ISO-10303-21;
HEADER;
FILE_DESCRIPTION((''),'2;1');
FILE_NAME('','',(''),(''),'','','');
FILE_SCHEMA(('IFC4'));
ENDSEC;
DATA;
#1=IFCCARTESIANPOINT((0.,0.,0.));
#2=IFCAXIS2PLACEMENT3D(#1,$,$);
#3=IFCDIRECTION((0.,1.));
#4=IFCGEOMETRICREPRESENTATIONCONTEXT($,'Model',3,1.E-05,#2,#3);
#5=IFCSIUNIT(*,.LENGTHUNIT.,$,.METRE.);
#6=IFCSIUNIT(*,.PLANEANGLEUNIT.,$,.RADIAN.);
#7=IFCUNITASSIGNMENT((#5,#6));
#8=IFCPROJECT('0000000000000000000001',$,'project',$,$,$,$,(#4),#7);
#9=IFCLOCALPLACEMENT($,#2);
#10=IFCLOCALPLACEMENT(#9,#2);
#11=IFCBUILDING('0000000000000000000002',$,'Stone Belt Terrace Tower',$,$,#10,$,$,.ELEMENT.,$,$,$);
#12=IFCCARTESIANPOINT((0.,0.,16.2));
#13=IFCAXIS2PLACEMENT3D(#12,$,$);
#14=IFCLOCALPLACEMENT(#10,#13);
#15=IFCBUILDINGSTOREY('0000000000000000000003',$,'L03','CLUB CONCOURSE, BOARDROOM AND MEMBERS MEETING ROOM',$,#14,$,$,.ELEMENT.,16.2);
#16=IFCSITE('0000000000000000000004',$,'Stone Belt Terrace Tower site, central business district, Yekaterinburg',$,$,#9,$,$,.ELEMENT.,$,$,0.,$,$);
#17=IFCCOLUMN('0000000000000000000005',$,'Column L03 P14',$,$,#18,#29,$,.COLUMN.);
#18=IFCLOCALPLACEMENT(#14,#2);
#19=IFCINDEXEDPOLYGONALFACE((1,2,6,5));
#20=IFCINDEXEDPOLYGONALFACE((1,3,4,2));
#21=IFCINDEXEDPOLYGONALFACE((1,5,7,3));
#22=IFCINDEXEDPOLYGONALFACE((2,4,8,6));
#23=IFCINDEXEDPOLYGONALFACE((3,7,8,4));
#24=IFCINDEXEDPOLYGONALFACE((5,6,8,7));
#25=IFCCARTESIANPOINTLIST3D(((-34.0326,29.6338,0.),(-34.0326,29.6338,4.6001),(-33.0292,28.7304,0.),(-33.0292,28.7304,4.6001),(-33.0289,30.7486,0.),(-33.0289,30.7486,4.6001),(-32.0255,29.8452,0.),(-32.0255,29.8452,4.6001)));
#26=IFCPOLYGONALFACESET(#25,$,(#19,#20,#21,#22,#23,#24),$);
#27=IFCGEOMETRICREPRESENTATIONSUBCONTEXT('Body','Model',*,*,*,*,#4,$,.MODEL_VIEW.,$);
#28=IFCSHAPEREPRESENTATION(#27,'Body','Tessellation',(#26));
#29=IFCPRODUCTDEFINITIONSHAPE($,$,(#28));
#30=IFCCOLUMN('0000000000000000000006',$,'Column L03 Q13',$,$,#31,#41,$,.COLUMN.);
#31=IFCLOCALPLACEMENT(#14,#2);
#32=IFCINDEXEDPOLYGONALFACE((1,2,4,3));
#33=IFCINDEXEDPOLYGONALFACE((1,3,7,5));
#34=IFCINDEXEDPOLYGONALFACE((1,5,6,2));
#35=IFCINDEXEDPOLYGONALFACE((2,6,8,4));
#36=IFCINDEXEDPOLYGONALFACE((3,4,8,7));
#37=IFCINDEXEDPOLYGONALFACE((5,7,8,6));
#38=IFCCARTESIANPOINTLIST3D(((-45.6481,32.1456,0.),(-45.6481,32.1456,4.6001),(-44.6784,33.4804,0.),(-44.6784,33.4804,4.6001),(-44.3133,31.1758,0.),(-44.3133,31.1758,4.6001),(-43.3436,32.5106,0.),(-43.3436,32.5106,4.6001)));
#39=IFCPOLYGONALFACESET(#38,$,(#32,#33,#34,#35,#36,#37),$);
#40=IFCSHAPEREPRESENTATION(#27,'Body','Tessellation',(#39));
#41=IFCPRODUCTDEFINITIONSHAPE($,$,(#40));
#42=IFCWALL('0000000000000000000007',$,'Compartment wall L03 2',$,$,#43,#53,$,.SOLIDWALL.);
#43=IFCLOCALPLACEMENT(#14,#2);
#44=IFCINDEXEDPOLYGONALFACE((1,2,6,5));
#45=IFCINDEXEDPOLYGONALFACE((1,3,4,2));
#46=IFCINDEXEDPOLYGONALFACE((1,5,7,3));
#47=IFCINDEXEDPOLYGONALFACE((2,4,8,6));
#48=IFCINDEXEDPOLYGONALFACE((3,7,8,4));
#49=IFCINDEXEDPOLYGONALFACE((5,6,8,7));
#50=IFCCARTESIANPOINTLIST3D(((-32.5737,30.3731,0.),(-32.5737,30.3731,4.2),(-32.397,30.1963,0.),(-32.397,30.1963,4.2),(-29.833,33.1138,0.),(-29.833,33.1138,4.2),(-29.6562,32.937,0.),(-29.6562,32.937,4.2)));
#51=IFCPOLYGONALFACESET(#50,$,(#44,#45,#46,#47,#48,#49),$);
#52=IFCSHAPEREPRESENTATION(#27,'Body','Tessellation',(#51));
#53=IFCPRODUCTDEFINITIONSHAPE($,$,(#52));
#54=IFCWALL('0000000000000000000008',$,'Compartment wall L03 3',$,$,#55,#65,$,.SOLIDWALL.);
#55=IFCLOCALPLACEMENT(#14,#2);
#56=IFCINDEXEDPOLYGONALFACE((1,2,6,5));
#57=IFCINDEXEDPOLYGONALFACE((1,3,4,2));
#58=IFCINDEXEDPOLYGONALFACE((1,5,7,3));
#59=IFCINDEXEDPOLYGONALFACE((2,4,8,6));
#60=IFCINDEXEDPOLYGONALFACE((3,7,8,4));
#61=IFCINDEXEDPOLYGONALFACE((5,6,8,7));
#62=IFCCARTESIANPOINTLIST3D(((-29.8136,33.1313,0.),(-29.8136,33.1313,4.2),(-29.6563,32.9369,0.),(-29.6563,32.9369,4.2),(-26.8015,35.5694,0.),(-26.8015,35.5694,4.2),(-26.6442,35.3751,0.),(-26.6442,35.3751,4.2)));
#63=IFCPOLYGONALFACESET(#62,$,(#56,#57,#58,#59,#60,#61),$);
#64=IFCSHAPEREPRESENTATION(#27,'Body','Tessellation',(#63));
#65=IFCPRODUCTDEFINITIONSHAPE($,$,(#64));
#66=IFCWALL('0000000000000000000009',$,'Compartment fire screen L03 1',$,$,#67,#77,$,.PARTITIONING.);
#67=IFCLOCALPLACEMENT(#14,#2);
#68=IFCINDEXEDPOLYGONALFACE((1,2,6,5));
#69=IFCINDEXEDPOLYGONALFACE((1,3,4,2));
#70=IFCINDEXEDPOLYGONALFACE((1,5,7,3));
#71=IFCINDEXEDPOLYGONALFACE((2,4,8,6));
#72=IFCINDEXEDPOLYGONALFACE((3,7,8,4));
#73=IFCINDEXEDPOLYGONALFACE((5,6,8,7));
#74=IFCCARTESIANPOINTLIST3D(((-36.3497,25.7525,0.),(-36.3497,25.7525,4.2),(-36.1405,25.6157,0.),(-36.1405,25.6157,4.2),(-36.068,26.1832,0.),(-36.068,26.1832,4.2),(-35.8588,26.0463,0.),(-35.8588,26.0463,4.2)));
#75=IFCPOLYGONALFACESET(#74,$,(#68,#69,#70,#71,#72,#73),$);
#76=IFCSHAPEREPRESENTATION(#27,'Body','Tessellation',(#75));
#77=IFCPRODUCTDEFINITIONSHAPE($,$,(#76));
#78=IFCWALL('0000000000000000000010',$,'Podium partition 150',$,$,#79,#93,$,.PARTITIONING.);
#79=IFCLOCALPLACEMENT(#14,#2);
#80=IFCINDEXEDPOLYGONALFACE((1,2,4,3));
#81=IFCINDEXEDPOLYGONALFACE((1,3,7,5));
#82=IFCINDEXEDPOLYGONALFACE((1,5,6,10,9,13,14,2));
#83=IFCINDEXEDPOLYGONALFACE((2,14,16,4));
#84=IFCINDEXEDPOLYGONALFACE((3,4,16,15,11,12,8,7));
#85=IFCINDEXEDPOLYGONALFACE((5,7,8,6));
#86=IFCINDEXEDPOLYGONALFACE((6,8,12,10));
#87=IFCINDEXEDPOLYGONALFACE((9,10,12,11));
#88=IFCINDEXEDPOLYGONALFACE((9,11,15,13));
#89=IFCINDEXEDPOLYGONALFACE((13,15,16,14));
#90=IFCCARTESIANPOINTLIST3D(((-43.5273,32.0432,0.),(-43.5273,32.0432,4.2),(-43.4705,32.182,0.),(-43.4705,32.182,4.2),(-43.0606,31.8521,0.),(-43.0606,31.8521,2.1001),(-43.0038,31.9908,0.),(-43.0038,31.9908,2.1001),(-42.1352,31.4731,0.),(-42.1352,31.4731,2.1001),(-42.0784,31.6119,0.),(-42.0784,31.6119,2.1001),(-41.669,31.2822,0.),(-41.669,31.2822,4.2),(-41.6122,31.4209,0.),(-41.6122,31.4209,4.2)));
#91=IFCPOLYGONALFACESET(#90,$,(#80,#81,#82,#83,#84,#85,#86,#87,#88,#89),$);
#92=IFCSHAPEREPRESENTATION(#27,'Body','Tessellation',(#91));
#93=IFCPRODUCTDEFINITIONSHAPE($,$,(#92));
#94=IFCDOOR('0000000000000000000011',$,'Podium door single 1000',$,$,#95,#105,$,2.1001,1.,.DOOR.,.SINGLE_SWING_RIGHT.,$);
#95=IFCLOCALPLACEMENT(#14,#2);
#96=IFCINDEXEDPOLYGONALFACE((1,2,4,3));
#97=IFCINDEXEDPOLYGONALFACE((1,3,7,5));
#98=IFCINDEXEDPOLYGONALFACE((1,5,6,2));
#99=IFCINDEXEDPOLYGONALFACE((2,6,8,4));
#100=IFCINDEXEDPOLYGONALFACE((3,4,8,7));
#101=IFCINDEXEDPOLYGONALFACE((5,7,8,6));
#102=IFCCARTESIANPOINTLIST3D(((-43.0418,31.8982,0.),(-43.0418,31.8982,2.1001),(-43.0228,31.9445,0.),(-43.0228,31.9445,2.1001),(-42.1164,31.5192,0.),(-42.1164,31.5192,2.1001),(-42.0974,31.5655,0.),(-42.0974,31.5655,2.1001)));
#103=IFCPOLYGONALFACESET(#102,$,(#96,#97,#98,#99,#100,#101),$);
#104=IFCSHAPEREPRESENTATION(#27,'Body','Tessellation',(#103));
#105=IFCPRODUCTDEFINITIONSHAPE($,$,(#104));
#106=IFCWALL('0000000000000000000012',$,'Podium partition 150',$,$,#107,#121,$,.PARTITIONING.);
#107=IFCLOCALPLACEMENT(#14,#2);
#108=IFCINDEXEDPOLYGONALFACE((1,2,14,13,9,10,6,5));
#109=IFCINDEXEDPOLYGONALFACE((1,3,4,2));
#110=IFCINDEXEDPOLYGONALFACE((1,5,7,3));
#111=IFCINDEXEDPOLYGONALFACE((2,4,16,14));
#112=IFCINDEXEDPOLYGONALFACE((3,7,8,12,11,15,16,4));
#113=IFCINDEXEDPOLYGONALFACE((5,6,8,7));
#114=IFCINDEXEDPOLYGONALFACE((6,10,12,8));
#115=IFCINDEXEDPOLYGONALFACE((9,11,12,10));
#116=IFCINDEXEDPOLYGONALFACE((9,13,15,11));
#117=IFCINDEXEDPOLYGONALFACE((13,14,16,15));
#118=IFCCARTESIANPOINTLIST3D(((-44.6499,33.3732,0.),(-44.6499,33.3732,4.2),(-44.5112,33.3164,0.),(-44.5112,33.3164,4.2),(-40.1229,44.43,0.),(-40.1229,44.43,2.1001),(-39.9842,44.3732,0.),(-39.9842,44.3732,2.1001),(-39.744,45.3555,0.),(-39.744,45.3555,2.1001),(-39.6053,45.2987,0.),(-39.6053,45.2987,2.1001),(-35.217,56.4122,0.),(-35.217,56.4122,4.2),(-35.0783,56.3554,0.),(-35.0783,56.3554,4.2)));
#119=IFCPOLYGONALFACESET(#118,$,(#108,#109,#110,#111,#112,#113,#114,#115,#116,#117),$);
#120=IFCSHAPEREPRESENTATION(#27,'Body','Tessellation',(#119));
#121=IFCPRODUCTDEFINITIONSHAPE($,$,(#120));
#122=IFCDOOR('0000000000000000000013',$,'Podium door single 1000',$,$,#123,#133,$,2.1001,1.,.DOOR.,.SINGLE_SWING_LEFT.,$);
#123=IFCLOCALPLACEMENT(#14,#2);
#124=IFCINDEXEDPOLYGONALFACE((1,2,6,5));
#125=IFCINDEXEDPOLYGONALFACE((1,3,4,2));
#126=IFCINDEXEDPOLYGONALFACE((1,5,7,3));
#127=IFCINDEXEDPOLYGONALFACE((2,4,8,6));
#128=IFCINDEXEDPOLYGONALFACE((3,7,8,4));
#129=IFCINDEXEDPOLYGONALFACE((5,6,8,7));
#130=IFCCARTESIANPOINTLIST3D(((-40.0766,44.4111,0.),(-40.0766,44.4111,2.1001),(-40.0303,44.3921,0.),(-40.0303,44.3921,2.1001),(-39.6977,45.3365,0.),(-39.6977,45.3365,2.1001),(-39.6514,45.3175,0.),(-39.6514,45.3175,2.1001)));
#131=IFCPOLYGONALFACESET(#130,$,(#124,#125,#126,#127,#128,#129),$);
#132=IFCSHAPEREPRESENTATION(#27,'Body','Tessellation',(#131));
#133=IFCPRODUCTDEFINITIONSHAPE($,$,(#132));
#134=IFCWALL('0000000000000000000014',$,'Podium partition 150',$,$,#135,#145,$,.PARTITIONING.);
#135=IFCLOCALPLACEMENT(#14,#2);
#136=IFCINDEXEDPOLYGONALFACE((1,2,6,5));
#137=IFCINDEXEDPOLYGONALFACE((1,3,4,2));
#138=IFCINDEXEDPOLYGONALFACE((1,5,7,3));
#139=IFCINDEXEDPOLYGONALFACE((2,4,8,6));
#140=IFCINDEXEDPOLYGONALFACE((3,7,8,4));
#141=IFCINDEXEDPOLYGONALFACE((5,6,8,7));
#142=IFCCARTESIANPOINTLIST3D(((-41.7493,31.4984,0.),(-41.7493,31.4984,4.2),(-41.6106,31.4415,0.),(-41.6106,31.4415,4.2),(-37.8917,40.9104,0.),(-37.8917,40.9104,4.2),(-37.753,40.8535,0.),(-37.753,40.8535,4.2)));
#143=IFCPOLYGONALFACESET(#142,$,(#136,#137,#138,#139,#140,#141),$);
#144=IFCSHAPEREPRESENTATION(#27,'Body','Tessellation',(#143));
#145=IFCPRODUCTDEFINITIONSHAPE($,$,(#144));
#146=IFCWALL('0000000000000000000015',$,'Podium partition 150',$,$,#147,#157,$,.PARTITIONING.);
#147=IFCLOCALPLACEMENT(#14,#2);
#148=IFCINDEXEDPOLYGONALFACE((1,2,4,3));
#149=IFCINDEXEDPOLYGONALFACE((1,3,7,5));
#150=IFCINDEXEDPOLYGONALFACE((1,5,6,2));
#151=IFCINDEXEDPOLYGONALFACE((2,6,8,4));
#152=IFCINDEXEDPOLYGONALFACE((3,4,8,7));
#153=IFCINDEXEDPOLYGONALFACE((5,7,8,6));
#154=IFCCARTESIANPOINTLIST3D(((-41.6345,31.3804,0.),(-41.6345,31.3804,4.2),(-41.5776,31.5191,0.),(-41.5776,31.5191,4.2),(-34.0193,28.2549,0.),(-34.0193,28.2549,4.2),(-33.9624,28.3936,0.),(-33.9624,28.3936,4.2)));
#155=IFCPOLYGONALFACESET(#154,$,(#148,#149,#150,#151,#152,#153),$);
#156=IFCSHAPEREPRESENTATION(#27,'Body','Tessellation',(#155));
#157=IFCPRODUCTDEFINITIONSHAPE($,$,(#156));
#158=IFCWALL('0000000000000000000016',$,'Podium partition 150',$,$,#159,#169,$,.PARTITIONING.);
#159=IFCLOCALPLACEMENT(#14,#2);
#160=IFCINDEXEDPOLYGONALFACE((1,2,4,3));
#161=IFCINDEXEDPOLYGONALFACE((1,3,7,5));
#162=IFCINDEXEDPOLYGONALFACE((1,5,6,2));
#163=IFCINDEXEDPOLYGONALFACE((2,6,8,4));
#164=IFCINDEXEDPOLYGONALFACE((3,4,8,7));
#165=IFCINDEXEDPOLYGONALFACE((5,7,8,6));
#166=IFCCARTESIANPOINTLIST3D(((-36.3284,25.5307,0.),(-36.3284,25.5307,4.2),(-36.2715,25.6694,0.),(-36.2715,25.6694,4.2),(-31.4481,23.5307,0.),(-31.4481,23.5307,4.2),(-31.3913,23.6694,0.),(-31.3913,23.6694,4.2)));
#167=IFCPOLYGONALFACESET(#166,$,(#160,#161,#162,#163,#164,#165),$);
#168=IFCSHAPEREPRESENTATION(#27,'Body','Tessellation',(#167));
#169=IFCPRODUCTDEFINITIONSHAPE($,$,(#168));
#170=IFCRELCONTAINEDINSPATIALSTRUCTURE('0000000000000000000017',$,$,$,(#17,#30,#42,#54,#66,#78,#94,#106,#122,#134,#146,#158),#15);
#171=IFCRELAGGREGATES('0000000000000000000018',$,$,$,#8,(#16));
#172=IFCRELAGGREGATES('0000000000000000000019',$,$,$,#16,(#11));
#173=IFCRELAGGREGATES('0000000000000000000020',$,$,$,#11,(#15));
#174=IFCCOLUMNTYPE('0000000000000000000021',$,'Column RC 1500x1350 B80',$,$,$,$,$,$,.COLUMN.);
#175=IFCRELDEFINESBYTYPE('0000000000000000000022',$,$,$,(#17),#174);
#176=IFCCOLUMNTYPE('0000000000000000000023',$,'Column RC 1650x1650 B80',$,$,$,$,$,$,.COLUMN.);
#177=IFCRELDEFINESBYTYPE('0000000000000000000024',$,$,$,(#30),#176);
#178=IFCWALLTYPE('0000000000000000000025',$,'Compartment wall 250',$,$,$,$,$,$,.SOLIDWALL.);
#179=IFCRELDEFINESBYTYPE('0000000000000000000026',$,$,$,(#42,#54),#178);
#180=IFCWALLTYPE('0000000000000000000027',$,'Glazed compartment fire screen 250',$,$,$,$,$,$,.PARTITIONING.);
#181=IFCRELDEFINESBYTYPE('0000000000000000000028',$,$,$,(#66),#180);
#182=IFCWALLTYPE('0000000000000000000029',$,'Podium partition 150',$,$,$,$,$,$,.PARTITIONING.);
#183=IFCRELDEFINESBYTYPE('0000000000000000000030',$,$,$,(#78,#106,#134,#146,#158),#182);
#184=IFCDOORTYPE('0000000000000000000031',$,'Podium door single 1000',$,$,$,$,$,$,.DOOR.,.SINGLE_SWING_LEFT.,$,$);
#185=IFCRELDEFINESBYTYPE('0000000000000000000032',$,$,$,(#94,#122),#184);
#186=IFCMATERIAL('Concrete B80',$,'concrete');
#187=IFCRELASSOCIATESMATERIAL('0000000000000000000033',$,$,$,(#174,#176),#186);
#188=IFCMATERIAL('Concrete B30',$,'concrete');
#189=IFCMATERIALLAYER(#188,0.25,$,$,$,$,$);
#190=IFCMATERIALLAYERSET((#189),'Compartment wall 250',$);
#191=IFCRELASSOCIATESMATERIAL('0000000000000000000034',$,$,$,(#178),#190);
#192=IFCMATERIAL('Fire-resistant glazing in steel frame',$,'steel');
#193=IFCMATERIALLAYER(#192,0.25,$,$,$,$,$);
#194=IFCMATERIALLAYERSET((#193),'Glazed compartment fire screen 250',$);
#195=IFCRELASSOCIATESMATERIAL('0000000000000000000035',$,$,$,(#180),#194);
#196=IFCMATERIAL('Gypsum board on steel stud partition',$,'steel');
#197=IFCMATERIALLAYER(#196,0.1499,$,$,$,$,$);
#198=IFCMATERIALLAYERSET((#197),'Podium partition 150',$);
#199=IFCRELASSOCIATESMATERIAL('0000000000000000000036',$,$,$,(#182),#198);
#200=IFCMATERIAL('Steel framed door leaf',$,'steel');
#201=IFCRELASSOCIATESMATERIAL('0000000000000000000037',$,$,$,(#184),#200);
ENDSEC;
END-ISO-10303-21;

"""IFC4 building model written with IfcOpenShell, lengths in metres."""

from ifc_helpers import new_model, si_unit, direction, frame, frame_2d, origin, origin_2d, place, context, subcontext, project, spatial, rectangle, extrude, material, layer, layer_set, material_profile, profile_set, type_object, element, fill, save


model = new_model("IFC4")

# Units and contexts
model_context = context("Model", 3, precision=1e-05, world=origin(), true_north=direction((0.0, 1.0)))
body_context = subcontext(model_context, "Body", "Model", "MODEL_VIEW")
ifc_project = project(units=[si_unit("LENGTHUNIT", "METRE"), si_unit("PLANEANGLEUNIT", "RADIAN")], contexts=[model_context])

# Site, building, storey
site_placement = place(None, origin())
site = spatial("IfcSite", under=ifc_project, at=site_placement, Name="Stone Belt Terrace Tower site, central business district, Yekaterinburg", CompositionType="ELEMENT", RefElevation=0.0)
building_placement = place(site_placement, origin())
building = spatial("IfcBuilding", under=site, at=building_placement, Name="Stone Belt Terrace Tower", CompositionType="ELEMENT")
storey_placement = place(building_placement, frame((0.0, 0.0, 16.2)))
storey = spatial("IfcBuildingStorey", under=building, at=storey_placement, Name="L03", Description="CLUB CONCOURSE, BOARDROOM AND MEMBERS MEETING ROOM", CompositionType="ELEMENT", Elevation=16.2)

# Columns
ifc_material_1 = material(Name="Concrete B80", Category="concrete")
ifc_material_profile_1 = material_profile(ifc_material_1, rectangle(XDim=1.5, YDim=1.3501, at=origin_2d()), Name="RC 1500x1350")
ifc_profile_set_1 = profile_set([ifc_material_profile_1], Name="Concrete B80")
column_type_1 = type_object("IfcColumnType", Name="Column RC 1500x1350 B80", PredefinedType="COLUMN", material=ifc_profile_set_1)
column_1_placement = place(storey_placement, frame((-33.0291, 29.7395, 0.0), z_axis=(0.0, 0.0, 1.0), x_axis=(0.669131, 0.743145, 0.0)))
element("IfcColumn", 1, at=column_1_placement, inside=storey, type_object=column_type_1, Name="Column L03 P14", PredefinedType="COLUMN", context=body_context, shape_type="SweptSolid", body=[
    extrude(rectangle(XDim=1.5, YDim=1.3501, at=origin_2d()), origin(), (0.0, 0.0, 1.0), 4.6001),
])
ifc_material_profile_2 = material_profile(ifc_material_1, rectangle(XDim=1.6499, YDim=1.6499, at=origin_2d()), Name="RC 1650x1650")
ifc_profile_set_2 = profile_set([ifc_material_profile_2], Name="Concrete B80")
column_type_2 = type_object("IfcColumnType", Name="Column RC 1650x1650 B80", PredefinedType="COLUMN", material=ifc_profile_set_2)
column_2_placement = place(storey_placement, frame((-44.4958, 32.3281, 0.0), z_axis=(0.0, 0.0, 1.0), x_axis=(0.587785, 0.809017, 0.0)))
element("IfcColumn", 2, at=column_2_placement, inside=storey, type_object=column_type_2, Name="Column L03 Q13", PredefinedType="COLUMN", context=body_context, shape_type="SweptSolid", body=[
    extrude(rectangle(XDim=1.6499, YDim=1.6499, at=origin_2d()), origin(), (0.0, 0.0, 1.0), 4.6001),
])

# Walls
ifc_material_2 = material(Name="Concrete B30", Category="concrete")
ifc_layer_1 = layer(ifc_material_2, 0.25)
ifc_layer_set_1 = layer_set([ifc_layer_1], Name="Compartment wall 250")
wall_type_1 = type_object("IfcWallType", Name="Compartment wall 250", PredefinedType="SOLIDWALL", material=ifc_layer_set_1)
wall_1_placement = place(storey_placement, frame((-32.4854, 30.2847, 0.0), z_axis=(0.0, 0.0, 1.0), x_axis=(0.707107, 0.707107, 0.0)))
element("IfcWall", 3, at=wall_1_placement, inside=storey, type_object=wall_type_1, Name="Compartment wall L03 2", PredefinedType="SOLIDWALL", context=body_context, shape_type="SweptSolid", body=[
    extrude(rectangle(XDim=3.876, YDim=0.25, at=frame_2d((1.938, 0.0))), origin(), (0.0, 0.0, 1.0), 4.2),
])
wall_2_placement = place(storey_placement, frame((-29.7349, 33.0342, 0.0), z_axis=(0.0, 0.0, 1.0), x_axis=(0.777273, 0.629164, 0.0)))
element("IfcWall", 4, at=wall_2_placement, inside=storey, type_object=wall_type_1, Name="Compartment wall L03 3", PredefinedType="SOLIDWALL", context=body_context, shape_type="SweptSolid", body=[
    extrude(rectangle(XDim=3.8752, YDim=0.25, at=frame_2d((1.9375, 0.0))), origin(), (0.0, 0.0, 1.0), 4.2),
])
ifc_material_3 = material(Name="Fire-resistant glazing in steel frame", Category="steel")
ifc_layer_2 = layer(ifc_material_3, 0.25)
ifc_layer_set_2 = layer_set([ifc_layer_2], Name="Glazed compartment fire screen 250")
wall_type_2 = type_object("IfcWallType", Name="Glazed compartment fire screen 250", PredefinedType="PARTITIONING", material=ifc_layer_set_2)
wall_3_placement = place(storey_placement, frame((-36.2451, 25.6841, 0.0), z_axis=(0.0, 0.0, 1.0), x_axis=(0.547454, 0.836836, 0.0)))
element("IfcWall", 5, at=wall_3_placement, inside=storey, type_object=wall_type_2, Name="Compartment fire screen L03 1", PredefinedType="PARTITIONING", context=body_context, shape_type="SweptSolid", body=[
    extrude(rectangle(XDim=0.5146, YDim=0.25, at=frame_2d((0.2573, 0.0))), origin(), (0.0, 0.0, 1.0), 4.2),
])

# Walls, openings, doors
ifc_material_4 = material(Name="Gypsum board on steel stud partition", Category="steel")
ifc_layer_3 = layer(ifc_material_4, 0.1499)
ifc_layer_set_3 = layer_set([ifc_layer_3], Name="Podium partition 150")
wall_type_3 = type_object("IfcWallType", Name="Podium partition 150", PredefinedType="PARTITIONING", material=ifc_layer_set_3)
wall_4_placement = place(storey_placement, frame((-43.4988, 32.1125, 0.0), z_axis=(0.0, 0.0, 1.0), x_axis=(0.925402, -0.378988, 0.0)))
wall_4 = element("IfcWall", 6, at=wall_4_placement, inside=storey, type_object=wall_type_3, Name="Podium partition 150", PredefinedType="PARTITIONING", context=body_context, shape_type="SweptSolid", body=[
    extrude(rectangle(XDim=2.0081, YDim=0.1499, at=frame_2d((1.0039, 0.0))), origin(), (0.0, 0.0, 1.0), 4.2),
])
opening_1_placement = place(wall_4_placement, frame((0.5042, 0.0, 0.0)))
opening_1 = element("IfcOpeningElement", 7, at=opening_1_placement, cuts=wall_4, PredefinedType="OPENING", context=body_context, shape_type="SweptSolid", body=[
    extrude(rectangle(XDim=1.0, YDim=2.1001, at=frame_2d((0.5, 1.05))), frame((0.0, 0.085, 0.0), z_axis=(0.0, -1.0, 0.0), x_axis=(1.0, 0.0, 0.0)), (0.0, 0.0, 1.0), 0.1699),
])
ifc_material_5 = material(Name="Steel framed door leaf", Category="steel")
door_type_1 = type_object("IfcDoorType", Name="Podium door single 1000", OperationType="SINGLE_SWING_LEFT", PredefinedType="DOOR", material=ifc_material_5)
door_1_placement = place(opening_1_placement, origin())
door_1 = element("IfcDoor", 8, at=door_1_placement, inside=storey, type_object=door_type_1, Name="Podium door single 1000", OperationType="SINGLE_SWING_RIGHT", OverallHeight=2.1001, OverallWidth=1.0, PredefinedType="DOOR", context=body_context, shape_type="SweptSolid", body=[
    extrude(rectangle(XDim=1.0, YDim=2.1001, at=frame_2d((0.5, 1.05))), frame((0.0, 0.0249, 0.0), z_axis=(0.0, -1.0, 0.0), x_axis=(1.0, 0.0, 0.0)), (0.0, 0.0, 1.0), 0.05),
])
fill(opening_1, door_1)
wall_5_placement = place(storey_placement, frame((-44.5806, 33.3447, 0.0), z_axis=(0.0, 0.0, 1.0), x_axis=(0.378901, 0.925437, 0.0)))
wall_5 = element("IfcWall", 9, at=wall_5_placement, inside=storey, type_object=wall_type_3, Name="Podium partition 150", PredefinedType="PARTITIONING", context=body_context, shape_type="SweptSolid", body=[
    extrude(rectangle(XDim=24.8953, YDim=0.1499, at=frame_2d((12.4478, 0.0))), origin(), (0.0, 0.0, 1.0), 4.2),
])
opening_2_placement = place(wall_5_placement, frame((11.9478, 0.0, 0.0)))
opening_2 = element("IfcOpeningElement", 10, at=opening_2_placement, cuts=wall_5, PredefinedType="OPENING", context=body_context, shape_type="SweptSolid", body=[
    extrude(rectangle(XDim=1.0, YDim=2.1001, at=frame_2d((0.5, 1.05))), frame((0.0, 0.085, 0.0), z_axis=(0.0, -1.0, 0.0), x_axis=(1.0, 0.0, 0.0)), (0.0, 0.0, 1.0), 0.1699),
])
door_2_placement = place(opening_2_placement, origin())
door_2 = element("IfcDoor", 11, at=door_2_placement, inside=storey, type_object=door_type_1, Name="Podium door single 1000", OperationType="SINGLE_SWING_LEFT", OverallHeight=2.1001, OverallWidth=1.0, PredefinedType="DOOR", context=body_context, shape_type="SweptSolid", body=[
    extrude(rectangle(XDim=1.0, YDim=2.1001, at=frame_2d((0.5, 1.05))), frame((0.0, 0.0249, 0.0), z_axis=(0.0, -1.0, 0.0), x_axis=(1.0, 0.0, 0.0)), (0.0, 0.0, 1.0), 0.05),
])
fill(opening_2, door_2)

# Walls
wall_6_placement = place(storey_placement, frame((-41.6799, 31.47, 0.0), z_axis=(0.0, 0.0, 1.0), x_axis=(0.379244, 0.925297, 0.0)))
element("IfcWall", 12, at=wall_6_placement, inside=storey, type_object=wall_type_3, Name="Podium partition 150", PredefinedType="PARTITIONING", context=body_context, shape_type="SweptSolid", body=[
    extrude(rectangle(XDim=10.1719, YDim=0.1499, at=frame_2d((5.0859, 0.0))), origin(), (0.0, 0.0, 1.0), 4.2),
])
wall_7_placement = place(storey_placement, frame((-41.606, 31.4497, 0.0), z_axis=(0.0, 0.0, 1.0), x_axis=(0.925114, -0.37969, 0.0)))
element("IfcWall", 13, at=wall_7_placement, inside=storey, type_object=wall_type_3, Name="Podium partition 150", PredefinedType="PARTITIONING", context=body_context, shape_type="SweptSolid", body=[
    extrude(rectangle(XDim=8.2317, YDim=0.1499, at=frame_2d((4.1157, 0.0))), origin(), (0.0, 0.0, 1.0), 4.2),
])
wall_8_placement = place(storey_placement, frame((-36.3, 25.6001, 0.0), z_axis=(0.0, 0.0, 1.0), x_axis=(0.925309, -0.379215, 0.0)))
element("IfcWall", 14, at=wall_8_placement, inside=storey, type_object=wall_type_3, Name="Podium partition 150", PredefinedType="PARTITIONING", context=body_context, shape_type="SweptSolid", body=[
    extrude(rectangle(XDim=5.2742, YDim=0.1499, at=frame_2d((2.6372, 0.0))), origin(), (0.0, 0.0, 1.0), 4.2),
])

save(model, "model.ifc")
